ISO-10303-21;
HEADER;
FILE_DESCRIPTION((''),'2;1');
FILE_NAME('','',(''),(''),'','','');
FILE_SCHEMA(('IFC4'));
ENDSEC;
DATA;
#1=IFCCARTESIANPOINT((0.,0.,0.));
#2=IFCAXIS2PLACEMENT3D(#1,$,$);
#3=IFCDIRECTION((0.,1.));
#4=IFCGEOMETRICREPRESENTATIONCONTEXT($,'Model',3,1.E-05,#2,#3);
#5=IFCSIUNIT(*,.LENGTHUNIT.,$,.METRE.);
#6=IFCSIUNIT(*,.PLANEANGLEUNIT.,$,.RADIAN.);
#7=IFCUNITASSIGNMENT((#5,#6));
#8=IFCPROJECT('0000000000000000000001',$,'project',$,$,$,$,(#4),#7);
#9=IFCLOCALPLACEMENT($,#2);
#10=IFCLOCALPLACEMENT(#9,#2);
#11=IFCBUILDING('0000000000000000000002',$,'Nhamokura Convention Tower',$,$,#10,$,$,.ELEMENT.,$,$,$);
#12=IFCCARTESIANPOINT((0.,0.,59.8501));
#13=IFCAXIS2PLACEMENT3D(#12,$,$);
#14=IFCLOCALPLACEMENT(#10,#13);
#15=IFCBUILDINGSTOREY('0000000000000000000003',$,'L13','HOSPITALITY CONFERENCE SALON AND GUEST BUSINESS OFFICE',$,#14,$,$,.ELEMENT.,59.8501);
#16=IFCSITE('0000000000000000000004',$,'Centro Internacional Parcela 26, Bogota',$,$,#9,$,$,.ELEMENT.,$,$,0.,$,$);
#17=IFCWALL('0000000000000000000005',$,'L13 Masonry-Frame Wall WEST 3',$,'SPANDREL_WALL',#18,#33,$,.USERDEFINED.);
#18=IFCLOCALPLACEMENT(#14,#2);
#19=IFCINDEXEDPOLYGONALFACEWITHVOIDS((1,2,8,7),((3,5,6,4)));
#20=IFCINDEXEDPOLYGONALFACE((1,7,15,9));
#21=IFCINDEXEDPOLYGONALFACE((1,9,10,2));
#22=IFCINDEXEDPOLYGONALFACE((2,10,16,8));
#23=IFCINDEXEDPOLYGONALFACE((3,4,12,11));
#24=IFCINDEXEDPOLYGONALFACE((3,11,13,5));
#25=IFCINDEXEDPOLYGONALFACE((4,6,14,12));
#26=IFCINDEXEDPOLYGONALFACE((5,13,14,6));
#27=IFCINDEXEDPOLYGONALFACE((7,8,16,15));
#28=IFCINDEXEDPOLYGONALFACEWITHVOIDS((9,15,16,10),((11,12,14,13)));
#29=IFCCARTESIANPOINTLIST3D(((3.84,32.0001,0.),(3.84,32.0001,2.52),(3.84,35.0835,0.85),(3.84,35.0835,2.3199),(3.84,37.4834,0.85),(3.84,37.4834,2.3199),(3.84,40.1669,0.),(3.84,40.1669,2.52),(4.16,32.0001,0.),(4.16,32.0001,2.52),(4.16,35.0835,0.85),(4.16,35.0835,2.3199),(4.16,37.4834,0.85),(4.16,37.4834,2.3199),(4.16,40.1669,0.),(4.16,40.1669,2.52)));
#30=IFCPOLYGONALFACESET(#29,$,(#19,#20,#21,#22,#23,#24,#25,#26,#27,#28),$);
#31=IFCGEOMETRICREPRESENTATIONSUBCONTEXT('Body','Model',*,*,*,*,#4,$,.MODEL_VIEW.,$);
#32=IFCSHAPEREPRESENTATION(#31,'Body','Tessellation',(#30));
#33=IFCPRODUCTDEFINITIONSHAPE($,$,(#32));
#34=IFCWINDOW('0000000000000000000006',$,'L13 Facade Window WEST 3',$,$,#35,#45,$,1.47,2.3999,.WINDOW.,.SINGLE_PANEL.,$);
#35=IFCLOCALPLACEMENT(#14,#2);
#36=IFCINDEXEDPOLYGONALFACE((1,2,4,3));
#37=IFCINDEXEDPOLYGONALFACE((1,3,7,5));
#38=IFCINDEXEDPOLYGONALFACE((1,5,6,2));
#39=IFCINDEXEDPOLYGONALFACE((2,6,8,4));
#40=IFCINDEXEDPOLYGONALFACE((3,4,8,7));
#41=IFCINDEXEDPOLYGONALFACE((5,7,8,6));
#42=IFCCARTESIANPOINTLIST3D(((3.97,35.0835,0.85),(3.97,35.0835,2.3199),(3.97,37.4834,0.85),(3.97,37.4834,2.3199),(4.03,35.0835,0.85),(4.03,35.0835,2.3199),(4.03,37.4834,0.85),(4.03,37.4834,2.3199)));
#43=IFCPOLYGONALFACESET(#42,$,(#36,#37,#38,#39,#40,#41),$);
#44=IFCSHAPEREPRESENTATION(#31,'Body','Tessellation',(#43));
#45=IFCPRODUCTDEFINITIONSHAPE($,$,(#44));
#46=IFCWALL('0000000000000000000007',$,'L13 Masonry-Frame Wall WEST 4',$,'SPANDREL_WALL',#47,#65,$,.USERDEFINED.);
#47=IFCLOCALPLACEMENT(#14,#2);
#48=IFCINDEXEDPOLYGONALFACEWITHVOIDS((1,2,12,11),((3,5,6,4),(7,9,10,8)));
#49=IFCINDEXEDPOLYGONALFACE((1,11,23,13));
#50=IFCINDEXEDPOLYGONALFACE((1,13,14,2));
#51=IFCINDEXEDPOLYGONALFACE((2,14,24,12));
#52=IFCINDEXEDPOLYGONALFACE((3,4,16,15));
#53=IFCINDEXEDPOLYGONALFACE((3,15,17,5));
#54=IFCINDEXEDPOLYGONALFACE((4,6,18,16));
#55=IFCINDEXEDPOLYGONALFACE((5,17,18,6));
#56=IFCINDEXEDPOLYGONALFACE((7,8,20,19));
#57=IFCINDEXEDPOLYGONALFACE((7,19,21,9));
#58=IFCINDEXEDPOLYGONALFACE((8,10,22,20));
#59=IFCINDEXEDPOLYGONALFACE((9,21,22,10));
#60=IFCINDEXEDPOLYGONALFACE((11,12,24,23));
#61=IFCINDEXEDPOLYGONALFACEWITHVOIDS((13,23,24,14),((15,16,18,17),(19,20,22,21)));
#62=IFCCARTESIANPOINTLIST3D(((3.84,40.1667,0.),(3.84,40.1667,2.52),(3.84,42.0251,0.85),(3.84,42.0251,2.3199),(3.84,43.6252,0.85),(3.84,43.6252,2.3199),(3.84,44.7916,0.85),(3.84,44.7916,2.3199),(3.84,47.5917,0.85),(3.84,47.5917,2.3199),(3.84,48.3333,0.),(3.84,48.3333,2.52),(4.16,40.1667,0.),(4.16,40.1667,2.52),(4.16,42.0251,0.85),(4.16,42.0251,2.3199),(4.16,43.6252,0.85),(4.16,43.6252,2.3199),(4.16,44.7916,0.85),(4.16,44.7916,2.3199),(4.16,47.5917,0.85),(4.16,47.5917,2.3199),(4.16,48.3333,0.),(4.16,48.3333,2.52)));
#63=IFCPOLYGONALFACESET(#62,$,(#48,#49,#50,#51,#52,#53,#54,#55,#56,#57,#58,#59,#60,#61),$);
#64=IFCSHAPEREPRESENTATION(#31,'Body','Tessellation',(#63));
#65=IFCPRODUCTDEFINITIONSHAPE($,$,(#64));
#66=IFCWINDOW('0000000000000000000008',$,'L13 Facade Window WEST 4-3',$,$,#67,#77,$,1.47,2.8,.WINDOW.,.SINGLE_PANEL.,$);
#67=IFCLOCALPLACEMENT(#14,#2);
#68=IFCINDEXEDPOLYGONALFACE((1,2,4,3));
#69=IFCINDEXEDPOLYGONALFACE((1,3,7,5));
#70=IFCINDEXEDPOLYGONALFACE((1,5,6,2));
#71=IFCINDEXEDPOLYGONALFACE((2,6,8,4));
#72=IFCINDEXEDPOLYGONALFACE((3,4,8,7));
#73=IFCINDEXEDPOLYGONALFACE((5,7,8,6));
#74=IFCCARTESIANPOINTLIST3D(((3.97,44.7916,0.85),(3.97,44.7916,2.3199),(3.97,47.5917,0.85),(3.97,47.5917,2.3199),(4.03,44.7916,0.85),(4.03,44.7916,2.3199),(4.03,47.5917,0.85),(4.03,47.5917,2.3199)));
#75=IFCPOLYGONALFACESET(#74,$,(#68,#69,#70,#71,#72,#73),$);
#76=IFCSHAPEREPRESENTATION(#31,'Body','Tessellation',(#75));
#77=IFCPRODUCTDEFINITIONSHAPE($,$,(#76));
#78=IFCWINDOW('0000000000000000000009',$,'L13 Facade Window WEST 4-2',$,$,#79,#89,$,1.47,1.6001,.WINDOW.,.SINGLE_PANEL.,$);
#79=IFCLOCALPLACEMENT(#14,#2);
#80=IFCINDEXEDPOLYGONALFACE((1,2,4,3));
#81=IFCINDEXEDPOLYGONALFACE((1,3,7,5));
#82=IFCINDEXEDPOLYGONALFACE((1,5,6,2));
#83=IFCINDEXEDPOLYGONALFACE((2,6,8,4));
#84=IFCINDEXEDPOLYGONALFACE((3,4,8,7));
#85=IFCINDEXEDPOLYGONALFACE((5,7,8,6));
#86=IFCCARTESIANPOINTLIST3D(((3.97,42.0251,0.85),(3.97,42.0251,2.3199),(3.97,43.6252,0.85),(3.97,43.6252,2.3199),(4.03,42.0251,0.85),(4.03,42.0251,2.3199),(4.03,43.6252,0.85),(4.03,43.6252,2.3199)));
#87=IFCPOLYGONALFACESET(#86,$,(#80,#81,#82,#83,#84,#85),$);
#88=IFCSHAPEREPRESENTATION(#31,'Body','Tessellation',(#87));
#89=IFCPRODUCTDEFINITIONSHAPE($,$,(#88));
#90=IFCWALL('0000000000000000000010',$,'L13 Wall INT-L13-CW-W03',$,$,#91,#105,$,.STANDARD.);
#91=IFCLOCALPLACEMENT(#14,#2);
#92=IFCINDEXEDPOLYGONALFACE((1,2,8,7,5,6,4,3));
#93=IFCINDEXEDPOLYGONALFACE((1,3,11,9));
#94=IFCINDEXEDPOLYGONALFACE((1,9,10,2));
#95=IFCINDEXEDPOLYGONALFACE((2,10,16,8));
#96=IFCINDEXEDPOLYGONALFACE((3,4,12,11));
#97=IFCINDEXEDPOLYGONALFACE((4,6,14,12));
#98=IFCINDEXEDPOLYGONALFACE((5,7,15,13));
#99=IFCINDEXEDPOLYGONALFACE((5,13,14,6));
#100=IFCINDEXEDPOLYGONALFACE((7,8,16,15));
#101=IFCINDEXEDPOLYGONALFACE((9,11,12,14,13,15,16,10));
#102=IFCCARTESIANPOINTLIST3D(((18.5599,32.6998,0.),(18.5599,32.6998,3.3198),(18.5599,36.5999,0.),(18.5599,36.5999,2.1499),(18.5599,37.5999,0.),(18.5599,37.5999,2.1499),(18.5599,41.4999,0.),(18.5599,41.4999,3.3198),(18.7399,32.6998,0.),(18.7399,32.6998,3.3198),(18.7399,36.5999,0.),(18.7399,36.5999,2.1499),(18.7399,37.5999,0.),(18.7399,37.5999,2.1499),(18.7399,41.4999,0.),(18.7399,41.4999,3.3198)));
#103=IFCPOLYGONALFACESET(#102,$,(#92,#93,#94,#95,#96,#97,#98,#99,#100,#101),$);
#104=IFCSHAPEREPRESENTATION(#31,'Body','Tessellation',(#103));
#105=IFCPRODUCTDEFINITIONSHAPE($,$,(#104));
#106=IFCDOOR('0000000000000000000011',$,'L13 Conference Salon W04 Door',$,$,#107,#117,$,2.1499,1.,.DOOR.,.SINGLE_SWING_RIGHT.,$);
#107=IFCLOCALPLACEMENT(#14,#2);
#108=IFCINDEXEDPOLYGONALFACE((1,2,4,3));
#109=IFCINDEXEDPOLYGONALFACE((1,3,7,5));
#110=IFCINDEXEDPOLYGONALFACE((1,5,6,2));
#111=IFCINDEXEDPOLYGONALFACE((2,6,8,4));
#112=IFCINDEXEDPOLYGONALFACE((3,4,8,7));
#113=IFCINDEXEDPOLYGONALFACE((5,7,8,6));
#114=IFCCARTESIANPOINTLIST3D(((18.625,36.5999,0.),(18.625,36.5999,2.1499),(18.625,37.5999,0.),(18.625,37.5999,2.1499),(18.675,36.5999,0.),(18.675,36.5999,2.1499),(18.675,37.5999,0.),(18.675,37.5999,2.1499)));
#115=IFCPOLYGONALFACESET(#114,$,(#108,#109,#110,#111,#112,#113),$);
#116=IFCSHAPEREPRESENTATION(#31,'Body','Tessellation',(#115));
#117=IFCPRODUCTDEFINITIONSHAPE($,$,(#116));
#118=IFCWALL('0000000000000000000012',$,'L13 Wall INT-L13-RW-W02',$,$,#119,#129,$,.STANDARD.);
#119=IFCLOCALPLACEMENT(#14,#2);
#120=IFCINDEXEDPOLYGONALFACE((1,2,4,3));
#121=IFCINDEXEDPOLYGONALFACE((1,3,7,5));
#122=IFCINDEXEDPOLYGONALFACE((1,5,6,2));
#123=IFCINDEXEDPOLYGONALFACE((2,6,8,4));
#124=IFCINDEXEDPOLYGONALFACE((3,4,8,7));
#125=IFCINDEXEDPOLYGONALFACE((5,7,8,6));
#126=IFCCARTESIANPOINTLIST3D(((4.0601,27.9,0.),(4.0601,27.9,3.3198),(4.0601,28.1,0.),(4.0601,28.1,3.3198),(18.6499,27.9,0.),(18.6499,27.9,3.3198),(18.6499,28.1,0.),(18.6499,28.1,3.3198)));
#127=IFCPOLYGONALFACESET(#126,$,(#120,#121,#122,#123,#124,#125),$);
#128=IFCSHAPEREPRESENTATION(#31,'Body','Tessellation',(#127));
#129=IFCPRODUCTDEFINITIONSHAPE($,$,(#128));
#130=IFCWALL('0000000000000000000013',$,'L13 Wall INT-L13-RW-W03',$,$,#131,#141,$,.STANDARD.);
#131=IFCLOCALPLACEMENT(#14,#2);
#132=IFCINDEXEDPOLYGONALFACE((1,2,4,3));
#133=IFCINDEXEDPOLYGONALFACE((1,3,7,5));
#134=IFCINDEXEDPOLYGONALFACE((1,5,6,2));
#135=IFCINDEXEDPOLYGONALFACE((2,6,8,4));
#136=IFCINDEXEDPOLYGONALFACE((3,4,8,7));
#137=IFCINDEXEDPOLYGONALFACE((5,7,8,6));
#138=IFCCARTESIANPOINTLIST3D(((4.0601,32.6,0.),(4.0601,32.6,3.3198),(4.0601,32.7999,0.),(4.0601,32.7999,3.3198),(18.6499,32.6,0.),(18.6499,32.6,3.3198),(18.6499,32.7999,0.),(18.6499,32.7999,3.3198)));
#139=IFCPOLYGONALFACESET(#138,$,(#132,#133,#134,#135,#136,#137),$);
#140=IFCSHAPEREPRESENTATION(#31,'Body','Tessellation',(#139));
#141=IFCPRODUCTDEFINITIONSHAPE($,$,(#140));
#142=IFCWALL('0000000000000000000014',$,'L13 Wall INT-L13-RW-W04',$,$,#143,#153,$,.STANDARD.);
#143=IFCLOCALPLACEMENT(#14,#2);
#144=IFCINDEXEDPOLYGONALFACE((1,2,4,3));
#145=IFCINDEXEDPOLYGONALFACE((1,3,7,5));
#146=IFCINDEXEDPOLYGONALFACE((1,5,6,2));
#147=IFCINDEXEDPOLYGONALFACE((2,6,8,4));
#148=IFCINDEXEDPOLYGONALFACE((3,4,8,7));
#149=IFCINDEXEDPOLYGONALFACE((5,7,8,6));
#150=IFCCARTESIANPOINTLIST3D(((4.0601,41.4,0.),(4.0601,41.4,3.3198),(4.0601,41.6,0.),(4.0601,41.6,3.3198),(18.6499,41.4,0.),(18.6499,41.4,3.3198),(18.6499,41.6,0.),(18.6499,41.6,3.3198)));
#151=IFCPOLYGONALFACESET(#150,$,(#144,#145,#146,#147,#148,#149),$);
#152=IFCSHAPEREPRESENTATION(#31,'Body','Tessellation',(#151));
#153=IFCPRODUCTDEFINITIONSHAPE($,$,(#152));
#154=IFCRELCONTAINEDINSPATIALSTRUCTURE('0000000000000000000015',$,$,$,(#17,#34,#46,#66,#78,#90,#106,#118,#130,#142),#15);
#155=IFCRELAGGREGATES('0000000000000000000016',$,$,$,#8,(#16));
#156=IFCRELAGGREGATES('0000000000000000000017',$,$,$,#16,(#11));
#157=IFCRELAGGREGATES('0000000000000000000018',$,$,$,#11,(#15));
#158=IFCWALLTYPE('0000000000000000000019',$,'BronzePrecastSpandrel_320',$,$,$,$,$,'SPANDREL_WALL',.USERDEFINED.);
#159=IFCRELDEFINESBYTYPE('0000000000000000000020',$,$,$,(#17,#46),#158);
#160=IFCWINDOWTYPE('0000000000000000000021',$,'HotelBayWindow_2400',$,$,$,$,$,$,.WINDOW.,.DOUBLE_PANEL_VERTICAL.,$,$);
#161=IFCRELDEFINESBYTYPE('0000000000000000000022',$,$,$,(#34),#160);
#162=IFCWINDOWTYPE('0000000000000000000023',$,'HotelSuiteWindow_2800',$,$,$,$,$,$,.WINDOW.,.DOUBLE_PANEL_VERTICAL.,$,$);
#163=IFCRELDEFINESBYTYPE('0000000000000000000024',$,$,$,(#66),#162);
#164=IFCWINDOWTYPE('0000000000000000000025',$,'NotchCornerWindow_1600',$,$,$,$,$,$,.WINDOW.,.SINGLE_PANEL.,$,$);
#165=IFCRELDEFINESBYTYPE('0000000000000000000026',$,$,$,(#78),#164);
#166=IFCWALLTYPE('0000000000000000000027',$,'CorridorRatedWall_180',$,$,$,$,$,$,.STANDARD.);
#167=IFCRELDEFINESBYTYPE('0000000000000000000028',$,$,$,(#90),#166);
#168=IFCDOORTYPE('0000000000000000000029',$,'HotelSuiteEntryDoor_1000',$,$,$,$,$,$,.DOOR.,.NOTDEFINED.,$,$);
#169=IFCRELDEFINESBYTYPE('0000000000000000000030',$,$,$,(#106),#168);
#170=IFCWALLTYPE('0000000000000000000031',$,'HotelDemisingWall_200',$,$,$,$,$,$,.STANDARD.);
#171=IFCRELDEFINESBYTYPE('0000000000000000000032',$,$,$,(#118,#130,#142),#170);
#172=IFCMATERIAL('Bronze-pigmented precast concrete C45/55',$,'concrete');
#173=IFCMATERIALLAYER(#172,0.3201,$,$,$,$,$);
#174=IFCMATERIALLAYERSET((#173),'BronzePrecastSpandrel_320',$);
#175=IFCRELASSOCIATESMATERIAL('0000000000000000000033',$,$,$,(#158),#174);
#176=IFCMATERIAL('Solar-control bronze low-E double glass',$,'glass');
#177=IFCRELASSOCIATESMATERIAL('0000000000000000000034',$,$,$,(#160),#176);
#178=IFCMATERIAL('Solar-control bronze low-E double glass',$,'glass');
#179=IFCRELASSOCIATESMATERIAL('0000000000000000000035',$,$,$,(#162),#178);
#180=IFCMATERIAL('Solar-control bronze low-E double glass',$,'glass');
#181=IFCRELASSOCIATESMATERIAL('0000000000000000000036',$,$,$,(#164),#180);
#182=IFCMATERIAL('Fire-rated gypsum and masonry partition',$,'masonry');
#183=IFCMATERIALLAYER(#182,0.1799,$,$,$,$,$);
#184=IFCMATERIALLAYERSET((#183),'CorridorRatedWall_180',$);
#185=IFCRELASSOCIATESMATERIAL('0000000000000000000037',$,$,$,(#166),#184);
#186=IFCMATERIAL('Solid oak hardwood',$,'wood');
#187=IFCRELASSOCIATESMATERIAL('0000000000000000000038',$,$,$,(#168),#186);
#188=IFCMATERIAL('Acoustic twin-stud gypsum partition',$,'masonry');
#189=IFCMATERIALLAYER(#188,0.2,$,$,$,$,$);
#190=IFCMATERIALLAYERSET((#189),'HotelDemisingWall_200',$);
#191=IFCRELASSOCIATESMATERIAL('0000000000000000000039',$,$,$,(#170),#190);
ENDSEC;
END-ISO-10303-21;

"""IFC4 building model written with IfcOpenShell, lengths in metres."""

from ifc_helpers import new_model, si_unit, direction, frame, frame_2d, origin, place, context, subcontext, project, spatial, rectangle, extrude, material, layer, layer_set, type_object, element, fill, save


model = new_model("IFC4")

# Units and contexts
model_context = context("Model", 3, precision=1e-05, world=origin(), true_north=direction((0.0, 1.0)))
body_context = subcontext(model_context, "Body", "Model", "MODEL_VIEW")
ifc_project = project(units=[si_unit("LENGTHUNIT", "METRE"), si_unit("PLANEANGLEUNIT", "RADIAN")], contexts=[model_context])

# Site, building, storey
site_placement = place(None, origin())
site = spatial("IfcSite", under=ifc_project, at=site_placement, Name="Centro Internacional Parcela 26, Bogota", CompositionType="ELEMENT", RefElevation=0.0)
building_placement = place(site_placement, origin())
building = spatial("IfcBuilding", under=site, at=building_placement, Name="Nhamokura Convention Tower", CompositionType="ELEMENT")
storey_placement = place(building_placement, frame((0.0, 0.0, 59.8501)))
storey = spatial("IfcBuildingStorey", under=building, at=storey_placement, Name="L13", Description="HOSPITALITY CONFERENCE SALON AND GUEST BUSINESS OFFICE", CompositionType="ELEMENT", Elevation=59.8501)

# Wall, opening, window
ifc_material_1 = material(Name="Bronze-pigmented precast concrete C45/55", Category="concrete")
ifc_layer_1 = layer(ifc_material_1, 0.3201)
ifc_layer_set_1 = layer_set([ifc_layer_1], Name="BronzePrecastSpandrel_320")
wall_type_1 = type_object("IfcWallType", Name="BronzePrecastSpandrel_320", ElementType="SPANDREL_WALL", PredefinedType="USERDEFINED", material=ifc_layer_set_1)
wall_1_placement = place(storey_placement, frame((4.0, 32.0, 0.0), z_axis=(0.0, 0.0, 1.0), x_axis=(0.0, 1.0, 0.0)))
wall_1 = element("IfcWall", 1, at=wall_1_placement, inside=storey, type_object=wall_type_1, Name="L13 Masonry-Frame Wall WEST 3", ObjectType="SPANDREL_WALL", PredefinedType="USERDEFINED", context=body_context, shape_type="SweptSolid", body=[
    extrude(rectangle(XDim=8.1667, YDim=0.3201, at=frame_2d((4.0835, 0.0))), origin(), (0.0, 0.0, 1.0), 2.52),
])
opening_1_placement = place(wall_1_placement, frame((3.0835, 0.0, 0.8501)))
opening_1 = element("IfcOpeningElement", 2, at=opening_1_placement, cuts=wall_1, PredefinedType="OPENING", context=body_context, shape_type="SweptSolid", body=[
    extrude(rectangle(XDim=2.3999, YDim=1.47, at=frame_2d((1.2, 0.7349))), frame((0.0, 0.1699, 0.0), z_axis=(0.0, -1.0, 0.0), x_axis=(1.0, 0.0, 0.0)), (0.0, 0.0, 1.0), 0.3401),
])
ifc_material_2 = material(Name="Solar-control bronze low-E double glass", Category="glass")
window_type_1 = type_object("IfcWindowType", Name="HotelBayWindow_2400", PartitioningType="DOUBLE_PANEL_VERTICAL", PredefinedType="WINDOW", material=ifc_material_2)
window_1_placement = place(opening_1_placement, origin())
window_1 = element("IfcWindow", 3, at=window_1_placement, inside=storey, type_object=window_type_1, Name="L13 Facade Window WEST 3", OverallHeight=1.47, OverallWidth=2.3999, PartitioningType="SINGLE_PANEL", PredefinedType="WINDOW", context=body_context, shape_type="SweptSolid", body=[
    extrude(rectangle(XDim=2.3999, YDim=1.47, at=frame_2d((1.2, 0.7349))), frame((0.0, 0.03, 0.0), z_axis=(0.0, -1.0, 0.0), x_axis=(1.0, 0.0, 0.0)), (0.0, 0.0, 1.0), 0.0601),
])
fill(opening_1, window_1)

# Wall, openings, windows
wall_2_placement = place(storey_placement, frame((4.0, 40.1667, 0.0), z_axis=(0.0, 0.0, 1.0), x_axis=(0.0, 1.0, 0.0)))
wall_2 = element("IfcWall", 4, at=wall_2_placement, inside=storey, type_object=wall_type_1, Name="L13 Masonry-Frame Wall WEST 4", ObjectType="SPANDREL_WALL", PredefinedType="USERDEFINED", context=body_context, shape_type="SweptSolid", body=[
    extrude(rectangle(XDim=8.1665, YDim=0.3201, at=frame_2d((4.0833, 0.0))), origin(), (0.0, 0.0, 1.0), 2.52),
])
opening_2_placement = place(wall_2_placement, frame((1.8584, 0.0, 0.8501)))
opening_2 = element("IfcOpeningElement", 5, at=opening_2_placement, cuts=wall_2, PredefinedType="OPENING", context=body_context, shape_type="SweptSolid", body=[
    extrude(rectangle(XDim=1.6001, YDim=1.47, at=frame_2d((0.8, 0.7349))), frame((0.0, 0.1699, 0.0), z_axis=(0.0, -1.0, 0.0), x_axis=(1.0, 0.0, 0.0)), (0.0, 0.0, 1.0), 0.3401),
])
opening_3_placement = place(wall_2_placement, frame((4.625, 0.0, 0.8501)))
opening_3 = element("IfcOpeningElement", 6, at=opening_3_placement, cuts=wall_2, PredefinedType="OPENING", context=body_context, shape_type="SweptSolid", body=[
    extrude(rectangle(XDim=2.8, YDim=1.47, at=frame_2d((1.3999, 0.7349))), frame((0.0, 0.1699, 0.0), z_axis=(0.0, -1.0, 0.0), x_axis=(1.0, 0.0, 0.0)), (0.0, 0.0, 1.0), 0.3401),
])
ifc_material_3 = material(Name="Solar-control bronze low-E double glass", Category="glass")
window_type_2 = type_object("IfcWindowType", Name="HotelSuiteWindow_2800", PartitioningType="DOUBLE_PANEL_VERTICAL", PredefinedType="WINDOW", material=ifc_material_3)
window_2_placement = place(opening_3_placement, origin())
window_2 = element("IfcWindow", 7, at=window_2_placement, inside=storey, type_object=window_type_2, Name="L13 Facade Window WEST 4-3", OverallHeight=1.47, OverallWidth=2.8, PartitioningType="SINGLE_PANEL", PredefinedType="WINDOW", context=body_context, shape_type="SweptSolid", body=[
    extrude(rectangle(XDim=2.8, YDim=1.47, at=frame_2d((1.3999, 0.7349))), frame((0.0, 0.03, 0.0), z_axis=(0.0, -1.0, 0.0), x_axis=(1.0, 0.0, 0.0)), (0.0, 0.0, 1.0), 0.0601),
])
fill(opening_3, window_2)
ifc_material_4 = material(Name="Solar-control bronze low-E double glass", Category="glass")
window_type_3 = type_object("IfcWindowType", Name="NotchCornerWindow_1600", PartitioningType="SINGLE_PANEL", PredefinedType="WINDOW", material=ifc_material_4)
window_3_placement = place(opening_2_placement, origin())
window_3 = element("IfcWindow", 8, at=window_3_placement, inside=storey, type_object=window_type_3, Name="L13 Facade Window WEST 4-2", OverallHeight=1.47, OverallWidth=1.6001, PartitioningType="SINGLE_PANEL", PredefinedType="WINDOW", context=body_context, shape_type="SweptSolid", body=[
    extrude(rectangle(XDim=1.6001, YDim=1.47, at=frame_2d((0.8, 0.7349))), frame((0.0, 0.03, 0.0), z_axis=(0.0, -1.0, 0.0), x_axis=(1.0, 0.0, 0.0)), (0.0, 0.0, 1.0), 0.0601),
])
fill(opening_2, window_3)

# Wall, opening, door
ifc_material_5 = material(Name="Fire-rated gypsum and masonry partition", Category="masonry")
ifc_layer_2 = layer(ifc_material_5, 0.1799)
ifc_layer_set_2 = layer_set([ifc_layer_2], Name="CorridorRatedWall_180")
wall_type_2 = type_object("IfcWallType", Name="CorridorRatedWall_180", PredefinedType="STANDARD", material=ifc_layer_set_2)
ifc_material_6 = material(Name="Solid oak hardwood", Category="wood")
door_type_1 = type_object("IfcDoorType", Name="HotelSuiteEntryDoor_1000", OperationType="NOTDEFINED", PredefinedType="DOOR", material=ifc_material_6)
wall_3_placement = place(storey_placement, frame((18.6499, 32.7, 0.0), z_axis=(0.0, 0.0, 1.0), x_axis=(0.0, 1.0, 0.0)))
wall_3 = element("IfcWall", 9, at=wall_3_placement, inside=storey, type_object=wall_type_2, Name="L13 Wall INT-L13-CW-W03", PredefinedType="STANDARD", context=body_context, shape_type="SweptSolid", body=[
    extrude(rectangle(XDim=8.8, YDim=0.1799, at=frame_2d((4.3999, 0.0))), origin(), (0.0, 0.0, 1.0), 3.3198),
])
opening_4_placement = place(wall_3_placement, frame((3.8999, 0.0, 0.0)))
opening_4 = element("IfcOpeningElement", 10, at=opening_4_placement, cuts=wall_3, PredefinedType="OPENING", context=body_context, shape_type="SweptSolid", body=[
    extrude(rectangle(XDim=1.0, YDim=2.1499, at=frame_2d((0.5, 1.075))), frame((0.0, 0.0999, 0.0), z_axis=(0.0, -1.0, 0.0), x_axis=(1.0, 0.0, 0.0)), (0.0, 0.0, 1.0), 0.2),
])
door_1_placement = place(opening_4_placement, origin())
door_1 = element("IfcDoor", 11, at=door_1_placement, inside=storey, type_object=door_type_1, Name="L13 Conference Salon W04 Door", OperationType="SINGLE_SWING_RIGHT", OverallHeight=2.1499, OverallWidth=1.0, PredefinedType="DOOR", context=body_context, shape_type="SweptSolid", body=[
    extrude(rectangle(XDim=1.0, YDim=2.1499, at=frame_2d((0.5, 1.075))), frame((0.0, 0.0249, 0.0), z_axis=(0.0, -1.0, 0.0), x_axis=(1.0, 0.0, 0.0)), (0.0, 0.0, 1.0), 0.05),
])
fill(opening_4, door_1)

# Walls
ifc_material_7 = material(Name="Acoustic twin-stud gypsum partition", Category="masonry")
ifc_layer_3 = layer(ifc_material_7, 0.2)
ifc_layer_set_3 = layer_set([ifc_layer_3], Name="HotelDemisingWall_200")
wall_type_3 = type_object("IfcWallType", Name="HotelDemisingWall_200", PredefinedType="STANDARD", material=ifc_layer_set_3)
for number, where, z_axis, x_axis, name in (
    (12, (4.0601, 28.0, 0.0), (0.0, 0.0, 1.0), (1.0, 0.0, 0.0), "L13 Wall INT-L13-RW-W02"),
    (13, (4.0601, 32.7, 0.0), (0.0, 0.0, 1.0), (1.0, 0.0, 0.0), "L13 Wall INT-L13-RW-W03"),
    (14, (4.0601, 41.5, 0.0), (0.0, 0.0, 1.0), (1.0, 0.0, 0.0), "L13 Wall INT-L13-RW-W04"),
):
    element("IfcWall", number, at=place(storey_placement, frame(where, z_axis=z_axis, x_axis=x_axis)), inside=storey, type_object=wall_type_3, Name=name, PredefinedType="STANDARD", context=body_context, shape_type="SweptSolid", body=[
        extrude(rectangle(XDim=14.5898, YDim=0.2, at=frame_2d((7.2949, 0.0))), origin(), (0.0, 0.0, 1.0), 3.3198),
    ])

save(model, "model.ifc")
